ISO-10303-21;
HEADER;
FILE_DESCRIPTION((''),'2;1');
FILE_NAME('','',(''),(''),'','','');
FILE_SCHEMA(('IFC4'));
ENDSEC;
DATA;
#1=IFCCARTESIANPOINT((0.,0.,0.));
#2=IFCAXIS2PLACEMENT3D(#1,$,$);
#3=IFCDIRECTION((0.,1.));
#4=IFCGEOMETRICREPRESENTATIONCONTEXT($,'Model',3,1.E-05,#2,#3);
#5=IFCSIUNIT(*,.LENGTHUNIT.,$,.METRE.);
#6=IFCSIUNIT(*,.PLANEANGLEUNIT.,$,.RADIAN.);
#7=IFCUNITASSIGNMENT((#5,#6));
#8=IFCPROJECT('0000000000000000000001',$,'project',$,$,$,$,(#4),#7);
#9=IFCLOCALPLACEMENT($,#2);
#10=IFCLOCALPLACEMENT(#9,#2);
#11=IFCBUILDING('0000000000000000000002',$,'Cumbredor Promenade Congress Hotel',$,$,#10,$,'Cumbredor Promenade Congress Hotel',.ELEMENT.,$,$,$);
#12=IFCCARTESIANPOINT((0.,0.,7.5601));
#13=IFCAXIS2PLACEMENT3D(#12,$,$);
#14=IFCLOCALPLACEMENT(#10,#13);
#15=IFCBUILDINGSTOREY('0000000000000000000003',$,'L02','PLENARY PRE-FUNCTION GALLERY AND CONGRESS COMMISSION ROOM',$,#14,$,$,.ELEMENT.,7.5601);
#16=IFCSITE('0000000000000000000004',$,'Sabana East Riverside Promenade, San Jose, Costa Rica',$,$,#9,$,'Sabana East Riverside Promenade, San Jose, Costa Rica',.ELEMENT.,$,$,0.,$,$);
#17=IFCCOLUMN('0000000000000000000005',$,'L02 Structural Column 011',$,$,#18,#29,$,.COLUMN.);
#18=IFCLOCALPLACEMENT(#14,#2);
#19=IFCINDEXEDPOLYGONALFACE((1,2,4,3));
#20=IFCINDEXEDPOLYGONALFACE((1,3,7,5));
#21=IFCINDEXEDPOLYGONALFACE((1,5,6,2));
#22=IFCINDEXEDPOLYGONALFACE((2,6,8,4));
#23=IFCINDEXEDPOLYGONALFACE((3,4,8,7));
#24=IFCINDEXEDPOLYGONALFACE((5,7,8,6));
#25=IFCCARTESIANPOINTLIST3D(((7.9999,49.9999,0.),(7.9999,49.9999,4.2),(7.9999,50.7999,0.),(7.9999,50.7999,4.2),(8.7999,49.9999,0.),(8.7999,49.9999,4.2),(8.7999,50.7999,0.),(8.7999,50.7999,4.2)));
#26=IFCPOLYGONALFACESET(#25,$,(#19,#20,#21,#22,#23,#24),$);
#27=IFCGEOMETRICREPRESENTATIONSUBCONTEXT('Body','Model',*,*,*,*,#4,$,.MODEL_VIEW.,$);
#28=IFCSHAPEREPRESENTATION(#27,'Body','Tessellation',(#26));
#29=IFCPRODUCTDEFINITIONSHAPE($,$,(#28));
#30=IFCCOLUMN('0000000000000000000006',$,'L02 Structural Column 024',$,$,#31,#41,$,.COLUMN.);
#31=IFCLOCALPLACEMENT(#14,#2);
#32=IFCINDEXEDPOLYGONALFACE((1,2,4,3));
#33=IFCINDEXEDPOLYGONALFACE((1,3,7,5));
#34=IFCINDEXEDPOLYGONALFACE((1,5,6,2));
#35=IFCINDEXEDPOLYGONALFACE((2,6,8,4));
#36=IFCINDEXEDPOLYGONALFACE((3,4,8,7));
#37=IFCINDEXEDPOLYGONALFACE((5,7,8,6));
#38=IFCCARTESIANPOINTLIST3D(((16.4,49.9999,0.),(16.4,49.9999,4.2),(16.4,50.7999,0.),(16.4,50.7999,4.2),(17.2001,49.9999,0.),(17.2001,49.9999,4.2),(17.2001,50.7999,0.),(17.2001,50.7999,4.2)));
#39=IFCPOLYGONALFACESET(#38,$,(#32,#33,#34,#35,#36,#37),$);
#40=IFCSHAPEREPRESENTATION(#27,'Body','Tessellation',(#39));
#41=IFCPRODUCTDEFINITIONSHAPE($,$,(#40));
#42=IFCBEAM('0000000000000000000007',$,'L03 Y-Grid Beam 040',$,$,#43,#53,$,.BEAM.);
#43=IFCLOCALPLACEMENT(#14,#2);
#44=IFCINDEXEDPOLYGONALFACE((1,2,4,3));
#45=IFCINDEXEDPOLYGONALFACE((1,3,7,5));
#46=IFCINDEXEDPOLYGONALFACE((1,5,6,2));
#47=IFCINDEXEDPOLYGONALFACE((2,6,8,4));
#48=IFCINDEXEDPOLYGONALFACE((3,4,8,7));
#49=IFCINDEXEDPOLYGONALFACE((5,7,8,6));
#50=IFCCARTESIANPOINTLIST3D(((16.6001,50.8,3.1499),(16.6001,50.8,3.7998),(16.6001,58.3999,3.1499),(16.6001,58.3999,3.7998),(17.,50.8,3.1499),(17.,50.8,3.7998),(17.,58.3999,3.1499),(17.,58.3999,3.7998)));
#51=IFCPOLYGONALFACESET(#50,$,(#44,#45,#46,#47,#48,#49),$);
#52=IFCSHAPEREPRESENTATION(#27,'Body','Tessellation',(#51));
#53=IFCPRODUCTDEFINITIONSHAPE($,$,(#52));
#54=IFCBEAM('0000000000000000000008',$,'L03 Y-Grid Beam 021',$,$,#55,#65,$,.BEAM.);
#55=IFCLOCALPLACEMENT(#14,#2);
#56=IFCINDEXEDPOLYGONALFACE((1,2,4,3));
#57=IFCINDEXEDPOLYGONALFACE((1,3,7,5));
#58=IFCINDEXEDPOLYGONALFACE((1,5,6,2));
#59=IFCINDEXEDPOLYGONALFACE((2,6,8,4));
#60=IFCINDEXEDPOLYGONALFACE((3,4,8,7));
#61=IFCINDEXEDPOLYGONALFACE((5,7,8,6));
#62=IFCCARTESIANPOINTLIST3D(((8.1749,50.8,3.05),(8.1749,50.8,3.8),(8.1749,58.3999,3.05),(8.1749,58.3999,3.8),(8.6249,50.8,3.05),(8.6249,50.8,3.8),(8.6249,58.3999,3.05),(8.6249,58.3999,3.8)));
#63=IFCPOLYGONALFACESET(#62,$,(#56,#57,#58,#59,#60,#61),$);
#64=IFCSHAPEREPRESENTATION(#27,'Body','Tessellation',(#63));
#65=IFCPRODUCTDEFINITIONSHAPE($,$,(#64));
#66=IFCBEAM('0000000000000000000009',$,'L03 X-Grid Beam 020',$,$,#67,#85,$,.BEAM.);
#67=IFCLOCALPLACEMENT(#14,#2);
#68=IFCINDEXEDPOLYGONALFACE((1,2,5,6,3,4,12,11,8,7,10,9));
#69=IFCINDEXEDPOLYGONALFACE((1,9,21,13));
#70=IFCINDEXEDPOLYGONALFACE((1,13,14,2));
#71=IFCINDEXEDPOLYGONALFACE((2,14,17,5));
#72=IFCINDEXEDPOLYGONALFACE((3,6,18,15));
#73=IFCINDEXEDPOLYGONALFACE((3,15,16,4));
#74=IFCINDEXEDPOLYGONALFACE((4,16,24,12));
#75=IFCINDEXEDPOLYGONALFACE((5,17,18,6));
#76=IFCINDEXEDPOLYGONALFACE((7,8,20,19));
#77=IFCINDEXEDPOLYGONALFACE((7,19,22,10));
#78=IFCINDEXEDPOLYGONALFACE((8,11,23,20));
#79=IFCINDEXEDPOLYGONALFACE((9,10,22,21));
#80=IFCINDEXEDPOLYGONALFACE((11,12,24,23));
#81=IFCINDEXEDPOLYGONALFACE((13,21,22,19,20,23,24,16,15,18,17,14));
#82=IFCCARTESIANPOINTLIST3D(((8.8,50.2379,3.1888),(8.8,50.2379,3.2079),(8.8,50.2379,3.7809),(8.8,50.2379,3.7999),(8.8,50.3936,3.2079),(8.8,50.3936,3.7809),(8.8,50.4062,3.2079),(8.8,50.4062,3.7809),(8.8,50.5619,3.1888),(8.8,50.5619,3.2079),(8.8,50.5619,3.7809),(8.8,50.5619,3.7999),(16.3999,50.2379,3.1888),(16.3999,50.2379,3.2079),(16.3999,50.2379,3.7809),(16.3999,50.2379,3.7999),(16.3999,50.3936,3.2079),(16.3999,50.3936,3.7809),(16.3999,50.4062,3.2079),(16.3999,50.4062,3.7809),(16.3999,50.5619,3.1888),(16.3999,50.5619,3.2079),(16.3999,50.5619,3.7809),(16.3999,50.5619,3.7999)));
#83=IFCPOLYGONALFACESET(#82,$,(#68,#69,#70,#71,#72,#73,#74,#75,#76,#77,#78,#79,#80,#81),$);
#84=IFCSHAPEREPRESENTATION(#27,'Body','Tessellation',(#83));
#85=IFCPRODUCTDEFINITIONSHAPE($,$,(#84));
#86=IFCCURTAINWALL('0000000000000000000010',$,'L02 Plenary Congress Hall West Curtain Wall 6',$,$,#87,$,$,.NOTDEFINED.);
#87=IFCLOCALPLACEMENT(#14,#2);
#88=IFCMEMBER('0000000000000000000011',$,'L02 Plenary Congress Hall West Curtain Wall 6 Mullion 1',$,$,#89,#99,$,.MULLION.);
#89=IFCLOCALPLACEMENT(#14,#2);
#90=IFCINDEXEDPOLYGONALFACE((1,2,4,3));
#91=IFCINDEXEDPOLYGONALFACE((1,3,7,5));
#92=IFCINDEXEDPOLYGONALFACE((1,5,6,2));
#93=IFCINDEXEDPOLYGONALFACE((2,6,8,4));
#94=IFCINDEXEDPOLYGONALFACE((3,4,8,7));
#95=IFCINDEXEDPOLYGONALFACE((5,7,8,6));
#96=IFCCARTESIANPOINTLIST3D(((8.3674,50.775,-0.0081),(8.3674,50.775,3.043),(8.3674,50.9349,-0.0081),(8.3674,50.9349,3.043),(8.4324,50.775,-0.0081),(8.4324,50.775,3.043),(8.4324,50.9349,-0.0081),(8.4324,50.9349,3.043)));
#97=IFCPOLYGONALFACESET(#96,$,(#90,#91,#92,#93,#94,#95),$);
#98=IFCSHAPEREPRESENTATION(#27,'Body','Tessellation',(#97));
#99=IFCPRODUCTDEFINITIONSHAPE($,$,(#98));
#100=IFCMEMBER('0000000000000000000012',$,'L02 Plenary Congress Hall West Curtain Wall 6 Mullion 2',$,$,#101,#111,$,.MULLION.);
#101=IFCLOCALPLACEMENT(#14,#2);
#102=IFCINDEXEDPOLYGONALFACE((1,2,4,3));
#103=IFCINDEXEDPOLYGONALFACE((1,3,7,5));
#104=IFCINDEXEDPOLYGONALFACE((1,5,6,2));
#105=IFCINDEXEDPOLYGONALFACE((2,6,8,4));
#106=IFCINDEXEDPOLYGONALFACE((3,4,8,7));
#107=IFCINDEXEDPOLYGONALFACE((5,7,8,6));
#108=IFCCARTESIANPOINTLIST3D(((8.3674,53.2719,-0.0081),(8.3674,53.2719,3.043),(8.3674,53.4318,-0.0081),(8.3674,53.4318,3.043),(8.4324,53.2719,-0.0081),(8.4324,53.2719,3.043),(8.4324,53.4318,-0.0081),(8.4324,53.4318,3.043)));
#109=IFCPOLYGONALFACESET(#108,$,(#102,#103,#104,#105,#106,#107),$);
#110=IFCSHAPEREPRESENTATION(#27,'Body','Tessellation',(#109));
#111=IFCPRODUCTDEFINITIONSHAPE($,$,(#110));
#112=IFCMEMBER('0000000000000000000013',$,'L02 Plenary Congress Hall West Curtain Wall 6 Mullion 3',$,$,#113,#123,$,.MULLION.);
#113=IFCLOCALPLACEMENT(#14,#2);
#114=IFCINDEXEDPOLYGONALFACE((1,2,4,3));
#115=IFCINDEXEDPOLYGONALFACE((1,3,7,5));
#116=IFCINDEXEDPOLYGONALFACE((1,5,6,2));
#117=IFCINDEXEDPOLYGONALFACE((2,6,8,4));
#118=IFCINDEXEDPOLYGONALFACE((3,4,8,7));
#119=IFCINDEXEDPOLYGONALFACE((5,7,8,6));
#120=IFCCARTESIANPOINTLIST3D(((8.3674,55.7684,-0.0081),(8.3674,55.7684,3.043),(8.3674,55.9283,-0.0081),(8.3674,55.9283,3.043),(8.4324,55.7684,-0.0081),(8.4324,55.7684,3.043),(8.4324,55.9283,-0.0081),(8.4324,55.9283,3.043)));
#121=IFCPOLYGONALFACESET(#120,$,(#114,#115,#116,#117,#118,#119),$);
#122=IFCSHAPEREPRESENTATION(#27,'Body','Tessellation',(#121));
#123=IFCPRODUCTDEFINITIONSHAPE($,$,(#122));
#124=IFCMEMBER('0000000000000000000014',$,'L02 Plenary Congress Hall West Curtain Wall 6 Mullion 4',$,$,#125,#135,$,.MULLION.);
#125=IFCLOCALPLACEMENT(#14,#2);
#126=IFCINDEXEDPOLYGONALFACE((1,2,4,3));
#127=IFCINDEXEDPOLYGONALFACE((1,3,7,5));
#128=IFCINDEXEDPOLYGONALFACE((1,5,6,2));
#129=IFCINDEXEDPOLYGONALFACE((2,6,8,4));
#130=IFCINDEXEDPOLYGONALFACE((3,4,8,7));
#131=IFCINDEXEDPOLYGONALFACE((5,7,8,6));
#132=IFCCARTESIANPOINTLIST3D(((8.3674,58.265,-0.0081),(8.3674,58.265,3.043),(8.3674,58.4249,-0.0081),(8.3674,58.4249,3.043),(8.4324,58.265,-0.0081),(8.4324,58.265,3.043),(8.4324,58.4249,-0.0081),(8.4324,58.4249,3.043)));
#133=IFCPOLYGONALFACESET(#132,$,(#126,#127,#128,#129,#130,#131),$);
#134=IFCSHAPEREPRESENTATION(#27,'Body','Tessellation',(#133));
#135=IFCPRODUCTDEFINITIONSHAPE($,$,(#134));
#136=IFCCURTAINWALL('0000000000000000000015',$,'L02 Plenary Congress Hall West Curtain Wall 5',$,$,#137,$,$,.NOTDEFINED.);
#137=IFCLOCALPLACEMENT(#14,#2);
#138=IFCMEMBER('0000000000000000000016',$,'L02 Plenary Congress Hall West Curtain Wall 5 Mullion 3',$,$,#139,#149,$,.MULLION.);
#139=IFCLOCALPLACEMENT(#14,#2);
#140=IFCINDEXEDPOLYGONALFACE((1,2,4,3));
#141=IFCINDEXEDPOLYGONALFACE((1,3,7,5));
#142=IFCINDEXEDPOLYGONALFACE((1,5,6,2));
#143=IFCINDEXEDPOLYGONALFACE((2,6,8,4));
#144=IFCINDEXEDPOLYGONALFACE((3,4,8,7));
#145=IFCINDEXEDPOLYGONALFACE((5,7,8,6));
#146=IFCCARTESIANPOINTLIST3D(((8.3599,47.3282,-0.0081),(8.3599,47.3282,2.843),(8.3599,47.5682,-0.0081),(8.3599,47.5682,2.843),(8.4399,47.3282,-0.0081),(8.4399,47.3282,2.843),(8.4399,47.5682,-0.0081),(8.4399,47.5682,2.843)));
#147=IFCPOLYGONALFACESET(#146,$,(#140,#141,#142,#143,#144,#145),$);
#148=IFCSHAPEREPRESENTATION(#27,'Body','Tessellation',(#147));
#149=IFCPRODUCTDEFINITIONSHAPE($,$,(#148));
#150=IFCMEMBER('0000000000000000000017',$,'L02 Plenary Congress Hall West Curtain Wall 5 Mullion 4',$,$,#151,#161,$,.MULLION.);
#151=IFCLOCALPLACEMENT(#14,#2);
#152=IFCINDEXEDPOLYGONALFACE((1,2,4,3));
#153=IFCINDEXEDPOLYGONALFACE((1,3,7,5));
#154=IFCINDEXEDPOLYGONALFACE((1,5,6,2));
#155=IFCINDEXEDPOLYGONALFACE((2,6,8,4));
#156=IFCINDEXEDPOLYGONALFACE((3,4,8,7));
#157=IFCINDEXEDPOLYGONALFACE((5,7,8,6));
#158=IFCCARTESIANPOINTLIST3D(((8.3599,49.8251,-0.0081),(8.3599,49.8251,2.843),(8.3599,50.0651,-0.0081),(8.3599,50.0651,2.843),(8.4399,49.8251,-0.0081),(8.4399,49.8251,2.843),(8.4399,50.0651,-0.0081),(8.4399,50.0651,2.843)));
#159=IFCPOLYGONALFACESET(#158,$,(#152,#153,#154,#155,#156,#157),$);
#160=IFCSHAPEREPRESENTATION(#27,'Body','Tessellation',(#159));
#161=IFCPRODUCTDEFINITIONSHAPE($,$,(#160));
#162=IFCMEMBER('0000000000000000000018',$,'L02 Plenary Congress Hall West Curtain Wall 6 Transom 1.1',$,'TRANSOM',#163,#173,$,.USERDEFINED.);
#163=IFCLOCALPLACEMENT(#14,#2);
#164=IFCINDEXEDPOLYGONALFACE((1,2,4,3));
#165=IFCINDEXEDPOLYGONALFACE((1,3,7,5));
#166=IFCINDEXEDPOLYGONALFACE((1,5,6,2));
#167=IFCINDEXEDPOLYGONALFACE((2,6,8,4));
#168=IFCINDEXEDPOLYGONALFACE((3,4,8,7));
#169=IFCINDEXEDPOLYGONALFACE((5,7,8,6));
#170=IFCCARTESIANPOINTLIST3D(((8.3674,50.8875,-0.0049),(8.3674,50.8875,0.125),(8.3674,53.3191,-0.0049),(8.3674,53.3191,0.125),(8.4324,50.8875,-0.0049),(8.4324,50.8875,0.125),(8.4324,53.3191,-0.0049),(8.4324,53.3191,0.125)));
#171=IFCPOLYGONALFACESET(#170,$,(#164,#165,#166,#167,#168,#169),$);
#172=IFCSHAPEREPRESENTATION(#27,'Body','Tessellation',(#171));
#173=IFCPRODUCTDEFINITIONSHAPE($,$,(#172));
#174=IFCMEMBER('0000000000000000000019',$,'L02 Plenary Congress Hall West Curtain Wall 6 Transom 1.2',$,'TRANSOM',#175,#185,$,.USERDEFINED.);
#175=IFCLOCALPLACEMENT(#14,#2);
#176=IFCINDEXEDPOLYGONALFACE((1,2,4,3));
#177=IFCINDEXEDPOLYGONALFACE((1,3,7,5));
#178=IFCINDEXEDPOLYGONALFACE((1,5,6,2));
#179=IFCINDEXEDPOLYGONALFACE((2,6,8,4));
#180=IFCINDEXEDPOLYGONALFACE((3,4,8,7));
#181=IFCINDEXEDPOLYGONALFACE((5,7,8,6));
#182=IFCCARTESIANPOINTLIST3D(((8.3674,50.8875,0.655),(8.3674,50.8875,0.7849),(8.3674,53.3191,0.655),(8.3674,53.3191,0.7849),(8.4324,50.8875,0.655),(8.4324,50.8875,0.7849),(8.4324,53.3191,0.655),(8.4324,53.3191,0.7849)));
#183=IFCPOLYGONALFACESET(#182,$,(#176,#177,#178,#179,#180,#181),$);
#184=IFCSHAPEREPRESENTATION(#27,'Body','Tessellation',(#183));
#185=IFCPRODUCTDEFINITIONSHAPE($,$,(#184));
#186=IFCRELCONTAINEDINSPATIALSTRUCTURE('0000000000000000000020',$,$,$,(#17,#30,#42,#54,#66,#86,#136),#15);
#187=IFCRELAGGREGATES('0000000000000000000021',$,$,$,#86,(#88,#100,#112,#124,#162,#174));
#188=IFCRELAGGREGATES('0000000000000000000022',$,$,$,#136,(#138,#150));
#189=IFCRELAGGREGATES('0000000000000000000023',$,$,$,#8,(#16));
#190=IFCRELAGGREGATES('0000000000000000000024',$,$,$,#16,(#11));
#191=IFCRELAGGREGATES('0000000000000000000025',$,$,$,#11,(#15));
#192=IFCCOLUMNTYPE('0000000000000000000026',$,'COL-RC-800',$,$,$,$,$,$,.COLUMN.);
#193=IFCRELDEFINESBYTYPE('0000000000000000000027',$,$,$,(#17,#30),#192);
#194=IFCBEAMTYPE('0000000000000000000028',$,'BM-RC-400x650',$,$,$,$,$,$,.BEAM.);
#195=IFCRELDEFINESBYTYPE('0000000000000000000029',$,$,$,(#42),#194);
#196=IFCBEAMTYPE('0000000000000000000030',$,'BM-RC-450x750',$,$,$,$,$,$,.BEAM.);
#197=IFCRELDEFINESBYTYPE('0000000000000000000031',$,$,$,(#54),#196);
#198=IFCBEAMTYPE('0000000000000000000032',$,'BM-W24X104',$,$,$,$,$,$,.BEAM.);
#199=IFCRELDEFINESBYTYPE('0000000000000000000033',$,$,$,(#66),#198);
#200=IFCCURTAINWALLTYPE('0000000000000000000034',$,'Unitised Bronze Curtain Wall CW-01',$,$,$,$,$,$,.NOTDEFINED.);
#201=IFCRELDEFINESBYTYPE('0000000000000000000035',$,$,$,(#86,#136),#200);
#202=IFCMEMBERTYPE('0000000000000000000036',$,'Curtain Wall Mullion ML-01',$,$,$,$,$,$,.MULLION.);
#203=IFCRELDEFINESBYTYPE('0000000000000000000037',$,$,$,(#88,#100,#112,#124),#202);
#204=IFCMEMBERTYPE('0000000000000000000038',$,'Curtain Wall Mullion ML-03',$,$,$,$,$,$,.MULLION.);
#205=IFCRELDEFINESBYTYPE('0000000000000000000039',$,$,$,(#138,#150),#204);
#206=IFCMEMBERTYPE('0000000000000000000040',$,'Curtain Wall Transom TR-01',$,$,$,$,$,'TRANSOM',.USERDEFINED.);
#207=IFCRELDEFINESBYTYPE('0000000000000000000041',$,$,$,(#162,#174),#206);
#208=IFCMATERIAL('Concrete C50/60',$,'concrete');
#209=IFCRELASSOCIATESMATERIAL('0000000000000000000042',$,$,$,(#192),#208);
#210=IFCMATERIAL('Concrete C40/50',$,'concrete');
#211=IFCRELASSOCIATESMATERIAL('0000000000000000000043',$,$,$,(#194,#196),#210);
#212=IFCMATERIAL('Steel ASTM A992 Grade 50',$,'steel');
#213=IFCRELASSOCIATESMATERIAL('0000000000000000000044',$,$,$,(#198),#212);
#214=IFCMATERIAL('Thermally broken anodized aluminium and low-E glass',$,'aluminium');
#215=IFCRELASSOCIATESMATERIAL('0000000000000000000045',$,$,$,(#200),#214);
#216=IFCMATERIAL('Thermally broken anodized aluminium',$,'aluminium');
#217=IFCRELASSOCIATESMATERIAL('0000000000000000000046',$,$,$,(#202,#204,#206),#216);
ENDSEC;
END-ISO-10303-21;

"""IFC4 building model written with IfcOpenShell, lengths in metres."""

from ifc_helpers import new_model, si_unit, direction, frame, origin, origin_2d, place, context, subcontext, project, spatial, rectangle, i_section, extrude, material, material_profile, profile_set, type_object, element, aggregate, save


model = new_model("IFC4")

# Units and contexts
model_context = context("Model", 3, precision=1e-05, world=origin(), true_north=direction((0.0, 1.0)))
body_context = subcontext(model_context, "Body", "Model", "MODEL_VIEW")
ifc_project = project(units=[si_unit("LENGTHUNIT", "METRE"), si_unit("PLANEANGLEUNIT", "RADIAN")], contexts=[model_context])

# Site, building, storey
site_placement = place(None, origin())
site = spatial("IfcSite", under=ifc_project, at=site_placement, Name="Sabana East Riverside Promenade, San Jose, Costa Rica", LongName="Sabana East Riverside Promenade, San Jose, Costa Rica", CompositionType="ELEMENT", RefElevation=0.0)
building_placement = place(site_placement, origin())
building = spatial("IfcBuilding", under=site, at=building_placement, Name="Cumbredor Promenade Congress Hotel", LongName="Cumbredor Promenade Congress Hotel", CompositionType="ELEMENT")
storey_placement = place(building_placement, frame((0.0, 0.0, 7.5601)))
storey = spatial("IfcBuildingStorey", under=building, at=storey_placement, Name="L02", Description="PLENARY PRE-FUNCTION GALLERY AND CONGRESS COMMISSION ROOM", CompositionType="ELEMENT", Elevation=7.5601)

# Columns
ifc_material_1 = material(Name="Concrete C50/60", Category="concrete")
ifc_material_profile_1 = material_profile(ifc_material_1, rectangle(XDim=0.8, YDim=0.8, at=origin_2d()), Name="RC 800x800")
ifc_profile_set_1 = profile_set([ifc_material_profile_1], Name="Concrete C50/60")
column_type = type_object("IfcColumnType", Name="COL-RC-800", PredefinedType="COLUMN", material=ifc_profile_set_1)
for number, where, z_axis, x_axis, name in (
    (1, (8.3999, 50.3999, 0.0), (0.0, 0.0, 1.0), (1.0, 0.0, 0.0), "L02 Structural Column 011"),
    (2, (16.8, 50.3999, 0.0), (0.0, 0.0, 1.0), (1.0, 0.0, 0.0), "L02 Structural Column 024"),
):
    element("IfcColumn", number, at=place(storey_placement, frame(where, z_axis=z_axis, x_axis=x_axis)), inside=storey, type_object=column_type, Name=name, PredefinedType="COLUMN", context=body_context, shape_type="SweptSolid", body=[
        extrude(rectangle(XDim=0.8, YDim=0.8, at=origin_2d()), origin(), (0.0, 0.0, 1.0), 4.2),
    ])

# Beams
ifc_material_2 = material(Name="Concrete C40/50", Category="concrete")
ifc_material_profile_2 = material_profile(ifc_material_2, rectangle(XDim=0.3999, YDim=0.6499, at=origin_2d()), Name="RC BEAM 400x650")
ifc_profile_set_2 = profile_set([ifc_material_profile_2], Name="Concrete C40/50")
beam_type_1 = type_object("IfcBeamType", Name="BM-RC-400x650", PredefinedType="BEAM", material=ifc_profile_set_2)
beam_1_placement = place(storey_placement, frame((16.8, 50.8, 3.4749), z_axis=(0.0, 1.0, 0.0), x_axis=(-1.0, 0.0, 0.0)))
element("IfcBeam", 3, at=beam_1_placement, inside=storey, type_object=beam_type_1, Name="L03 Y-Grid Beam 040", PredefinedType="BEAM", context=body_context, shape_type="SweptSolid", body=[
    extrude(rectangle(XDim=0.3999, YDim=0.6499, at=origin_2d()), origin(), (0.0, 0.0, 1.0), 7.5999),
])
ifc_material_profile_3 = material_profile(ifc_material_2, rectangle(XDim=0.45, YDim=0.75, at=origin_2d()), Name="RC BEAM 450x750")
ifc_profile_set_3 = profile_set([ifc_material_profile_3], Name="Concrete C40/50")
beam_type_2 = type_object("IfcBeamType", Name="BM-RC-450x750", PredefinedType="BEAM", material=ifc_profile_set_3)
beam_2_placement = place(storey_placement, frame((8.3999, 50.8, 3.425), z_axis=(0.0, 1.0, 0.0), x_axis=(-1.0, 0.0, 0.0)))
element("IfcBeam", 4, at=beam_2_placement, inside=storey, type_object=beam_type_2, Name="L03 Y-Grid Beam 021", PredefinedType="BEAM", context=body_context, shape_type="SweptSolid", body=[
    extrude(rectangle(XDim=0.45, YDim=0.75, at=origin_2d()), origin(), (0.0, 0.0, 1.0), 7.5999),
])
ifc_material_3 = material(Name="Steel ASTM A992 Grade 50", Category="steel")
ifc_material_profile_4 = material_profile(ifc_material_3, i_section(OverallWidth=0.324, OverallDepth=0.6111, WebThickness=0.0127, FlangeThickness=0.019, at=origin_2d()), Name="W24X104")
ifc_profile_set_4 = profile_set([ifc_material_profile_4], Name="Steel ASTM A992 Grade 50")
beam_type_3 = type_object("IfcBeamType", Name="BM-W24X104", PredefinedType="BEAM", material=ifc_profile_set_4)
beam_3_placement = place(storey_placement, frame((8.8, 50.3999, 3.4944), z_axis=(1.0, 0.0, 0.0), x_axis=(0.0, 1.0, 0.0)))
element("IfcBeam", 5, at=beam_3_placement, inside=storey, type_object=beam_type_3, Name="L03 X-Grid Beam 020", PredefinedType="BEAM", context=body_context, shape_type="SweptSolid", body=[
    extrude(i_section(OverallWidth=0.324, OverallDepth=0.6111, WebThickness=0.0127, FlangeThickness=0.019, at=origin_2d()), origin(), (0.0, 0.0, 1.0), 7.5999),
])

# Curtain walls, members
ifc_material_4 = material(Name="Thermally broken anodized aluminium and low-E glass", Category="aluminium")
curtain_wall_type = type_object("IfcCurtainWallType", Name="Unitised Bronze Curtain Wall CW-01", PredefinedType="NOTDEFINED", material=ifc_material_4)
curtain_wall_1_placement = place(storey_placement, origin())
curtain_wall_1 = element("IfcCurtainWall", 6, at=curtain_wall_1_placement, inside=storey, type_object=curtain_wall_type, Name="L02 Plenary Congress Hall West Curtain Wall 6", PredefinedType="NOTDEFINED")
ifc_material_5 = material(Name="Thermally broken anodized aluminium", Category="aluminium")
ifc_material_profile_5 = material_profile(ifc_material_5, rectangle(XDim=0.0649, YDim=0.1599, at=origin_2d()), Name="ALU MULLION 65x160")
ifc_profile_set_5 = profile_set([ifc_material_profile_5], Name="Thermally broken anodized aluminium")
member_type_1 = type_object("IfcMemberType", Name="Curtain Wall Mullion ML-01", PredefinedType="MULLION", material=ifc_profile_set_5)
member_1_placement = place(storey_placement, frame((8.3999, 50.855, -0.0081), z_axis=(0.0, 0.0, 1.0), x_axis=(1.0, 0.0, 0.0)))
member_1 = element("IfcMember", 7, at=member_1_placement, type_object=member_type_1, Name="L02 Plenary Congress Hall West Curtain Wall 6 Mullion 1", PredefinedType="MULLION", context=body_context, shape_type="SweptSolid", body=[
    extrude(rectangle(XDim=0.0649, YDim=0.1599, at=origin_2d()), origin(), (0.0, 0.0, 1.0), 3.051),
])
member_2_placement = place(storey_placement, frame((8.3999, 53.3518, -0.0081), z_axis=(0.0, 0.0, 1.0), x_axis=(1.0, 0.0, 0.0)))
member_2 = element("IfcMember", 8, at=member_2_placement, type_object=member_type_1, Name="L02 Plenary Congress Hall West Curtain Wall 6 Mullion 2", PredefinedType="MULLION", context=body_context, shape_type="SweptSolid", body=[
    extrude(rectangle(XDim=0.0649, YDim=0.1599, at=origin_2d()), origin(), (0.0, 0.0, 1.0), 3.051),
])
member_3_placement = place(storey_placement, frame((8.3999, 55.8484, -0.0081), z_axis=(0.0, 0.0, 1.0), x_axis=(1.0, 0.0, 0.0)))
member_3 = element("IfcMember", 9, at=member_3_placement, type_object=member_type_1, Name="L02 Plenary Congress Hall West Curtain Wall 6 Mullion 3", PredefinedType="MULLION", context=body_context, shape_type="SweptSolid", body=[
    extrude(rectangle(XDim=0.0649, YDim=0.1599, at=origin_2d()), origin(), (0.0, 0.0, 1.0), 3.051),
])
member_4_placement = place(storey_placement, frame((8.3999, 58.345, -0.0081), z_axis=(0.0, 0.0, 1.0), x_axis=(1.0, 0.0, 0.0)))
member_4 = element("IfcMember", 10, at=member_4_placement, type_object=member_type_1, Name="L02 Plenary Congress Hall West Curtain Wall 6 Mullion 4", PredefinedType="MULLION", context=body_context, shape_type="SweptSolid", body=[
    extrude(rectangle(XDim=0.0649, YDim=0.1599, at=origin_2d()), origin(), (0.0, 0.0, 1.0), 3.051),
])
curtain_wall_2_placement = place(storey_placement, origin())
curtain_wall_2 = element("IfcCurtainWall", 11, at=curtain_wall_2_placement, inside=storey, type_object=curtain_wall_type, Name="L02 Plenary Congress Hall West Curtain Wall 5", PredefinedType="NOTDEFINED")
ifc_material_profile_6 = material_profile(ifc_material_5, rectangle(XDim=0.0801, YDim=0.24, at=origin_2d()), Name="ALU MULLION 80x240")
ifc_profile_set_6 = profile_set([ifc_material_profile_6], Name="Thermally broken anodized aluminium")
member_type_2 = type_object("IfcMemberType", Name="Curtain Wall Mullion ML-03", PredefinedType="MULLION", material=ifc_profile_set_6)
member_5_placement = place(storey_placement, frame((8.3999, 47.4482, -0.0081), z_axis=(0.0, 0.0, 1.0), x_axis=(1.0, 0.0, 0.0)))
member_5 = element("IfcMember", 12, at=member_5_placement, type_object=member_type_2, Name="L02 Plenary Congress Hall West Curtain Wall 5 Mullion 3", PredefinedType="MULLION", context=body_context, shape_type="SweptSolid", body=[
    extrude(rectangle(XDim=0.0801, YDim=0.24, at=origin_2d()), origin(), (0.0, 0.0, 1.0), 2.8511),
])
member_6_placement = place(storey_placement, frame((8.3999, 49.9451, -0.0081), z_axis=(0.0, 0.0, 1.0), x_axis=(1.0, 0.0, 0.0)))
member_6 = element("IfcMember", 13, at=member_6_placement, type_object=member_type_2, Name="L02 Plenary Congress Hall West Curtain Wall 5 Mullion 4", PredefinedType="MULLION", context=body_context, shape_type="SweptSolid", body=[
    extrude(rectangle(XDim=0.0801, YDim=0.24, at=origin_2d()), origin(), (0.0, 0.0, 1.0), 2.8511),
])

# Members
ifc_material_profile_7 = material_profile(ifc_material_5, rectangle(XDim=0.0649, YDim=0.1299, at=origin_2d()), Name="ALU TRANSOM 65x130")
ifc_profile_set_7 = profile_set([ifc_material_profile_7], Name="Thermally broken anodized aluminium")
member_type_3 = type_object("IfcMemberType", Name="Curtain Wall Transom TR-01", ElementType="TRANSOM", PredefinedType="USERDEFINED", material=ifc_profile_set_7)
member_7_placement = place(storey_placement, frame((8.3999, 50.8875, 0.0601), z_axis=(0.0, 1.0, 0.0), x_axis=(-1.0, 0.0, 0.0)))
member_7 = element("IfcMember", 14, at=member_7_placement, type_object=member_type_3, Name="L02 Plenary Congress Hall West Curtain Wall 6 Transom 1.1", ObjectType="TRANSOM", PredefinedType="USERDEFINED", context=body_context, shape_type="SweptSolid", body=[
    extrude(rectangle(XDim=0.0649, YDim=0.1299, at=origin_2d()), origin(), (0.0, 0.0, 1.0), 2.4316),
])
member_8_placement = place(storey_placement, frame((8.3999, 50.8875, 0.72), z_axis=(0.0, 1.0, 0.0), x_axis=(-1.0, 0.0, 0.0)))
member_8 = element("IfcMember", 15, at=member_8_placement, type_object=member_type_3, Name="L02 Plenary Congress Hall West Curtain Wall 6 Transom 1.2", ObjectType="TRANSOM", PredefinedType="USERDEFINED", context=body_context, shape_type="SweptSolid", body=[
    extrude(rectangle(XDim=0.0649, YDim=0.1299, at=origin_2d()), origin(), (0.0, 0.0, 1.0), 2.4316),
])

aggregate(curtain_wall_1, [member_1, member_2, member_3, member_4, member_7, member_8])
aggregate(curtain_wall_2, [member_5, member_6])

save(model, "model.ifc")
